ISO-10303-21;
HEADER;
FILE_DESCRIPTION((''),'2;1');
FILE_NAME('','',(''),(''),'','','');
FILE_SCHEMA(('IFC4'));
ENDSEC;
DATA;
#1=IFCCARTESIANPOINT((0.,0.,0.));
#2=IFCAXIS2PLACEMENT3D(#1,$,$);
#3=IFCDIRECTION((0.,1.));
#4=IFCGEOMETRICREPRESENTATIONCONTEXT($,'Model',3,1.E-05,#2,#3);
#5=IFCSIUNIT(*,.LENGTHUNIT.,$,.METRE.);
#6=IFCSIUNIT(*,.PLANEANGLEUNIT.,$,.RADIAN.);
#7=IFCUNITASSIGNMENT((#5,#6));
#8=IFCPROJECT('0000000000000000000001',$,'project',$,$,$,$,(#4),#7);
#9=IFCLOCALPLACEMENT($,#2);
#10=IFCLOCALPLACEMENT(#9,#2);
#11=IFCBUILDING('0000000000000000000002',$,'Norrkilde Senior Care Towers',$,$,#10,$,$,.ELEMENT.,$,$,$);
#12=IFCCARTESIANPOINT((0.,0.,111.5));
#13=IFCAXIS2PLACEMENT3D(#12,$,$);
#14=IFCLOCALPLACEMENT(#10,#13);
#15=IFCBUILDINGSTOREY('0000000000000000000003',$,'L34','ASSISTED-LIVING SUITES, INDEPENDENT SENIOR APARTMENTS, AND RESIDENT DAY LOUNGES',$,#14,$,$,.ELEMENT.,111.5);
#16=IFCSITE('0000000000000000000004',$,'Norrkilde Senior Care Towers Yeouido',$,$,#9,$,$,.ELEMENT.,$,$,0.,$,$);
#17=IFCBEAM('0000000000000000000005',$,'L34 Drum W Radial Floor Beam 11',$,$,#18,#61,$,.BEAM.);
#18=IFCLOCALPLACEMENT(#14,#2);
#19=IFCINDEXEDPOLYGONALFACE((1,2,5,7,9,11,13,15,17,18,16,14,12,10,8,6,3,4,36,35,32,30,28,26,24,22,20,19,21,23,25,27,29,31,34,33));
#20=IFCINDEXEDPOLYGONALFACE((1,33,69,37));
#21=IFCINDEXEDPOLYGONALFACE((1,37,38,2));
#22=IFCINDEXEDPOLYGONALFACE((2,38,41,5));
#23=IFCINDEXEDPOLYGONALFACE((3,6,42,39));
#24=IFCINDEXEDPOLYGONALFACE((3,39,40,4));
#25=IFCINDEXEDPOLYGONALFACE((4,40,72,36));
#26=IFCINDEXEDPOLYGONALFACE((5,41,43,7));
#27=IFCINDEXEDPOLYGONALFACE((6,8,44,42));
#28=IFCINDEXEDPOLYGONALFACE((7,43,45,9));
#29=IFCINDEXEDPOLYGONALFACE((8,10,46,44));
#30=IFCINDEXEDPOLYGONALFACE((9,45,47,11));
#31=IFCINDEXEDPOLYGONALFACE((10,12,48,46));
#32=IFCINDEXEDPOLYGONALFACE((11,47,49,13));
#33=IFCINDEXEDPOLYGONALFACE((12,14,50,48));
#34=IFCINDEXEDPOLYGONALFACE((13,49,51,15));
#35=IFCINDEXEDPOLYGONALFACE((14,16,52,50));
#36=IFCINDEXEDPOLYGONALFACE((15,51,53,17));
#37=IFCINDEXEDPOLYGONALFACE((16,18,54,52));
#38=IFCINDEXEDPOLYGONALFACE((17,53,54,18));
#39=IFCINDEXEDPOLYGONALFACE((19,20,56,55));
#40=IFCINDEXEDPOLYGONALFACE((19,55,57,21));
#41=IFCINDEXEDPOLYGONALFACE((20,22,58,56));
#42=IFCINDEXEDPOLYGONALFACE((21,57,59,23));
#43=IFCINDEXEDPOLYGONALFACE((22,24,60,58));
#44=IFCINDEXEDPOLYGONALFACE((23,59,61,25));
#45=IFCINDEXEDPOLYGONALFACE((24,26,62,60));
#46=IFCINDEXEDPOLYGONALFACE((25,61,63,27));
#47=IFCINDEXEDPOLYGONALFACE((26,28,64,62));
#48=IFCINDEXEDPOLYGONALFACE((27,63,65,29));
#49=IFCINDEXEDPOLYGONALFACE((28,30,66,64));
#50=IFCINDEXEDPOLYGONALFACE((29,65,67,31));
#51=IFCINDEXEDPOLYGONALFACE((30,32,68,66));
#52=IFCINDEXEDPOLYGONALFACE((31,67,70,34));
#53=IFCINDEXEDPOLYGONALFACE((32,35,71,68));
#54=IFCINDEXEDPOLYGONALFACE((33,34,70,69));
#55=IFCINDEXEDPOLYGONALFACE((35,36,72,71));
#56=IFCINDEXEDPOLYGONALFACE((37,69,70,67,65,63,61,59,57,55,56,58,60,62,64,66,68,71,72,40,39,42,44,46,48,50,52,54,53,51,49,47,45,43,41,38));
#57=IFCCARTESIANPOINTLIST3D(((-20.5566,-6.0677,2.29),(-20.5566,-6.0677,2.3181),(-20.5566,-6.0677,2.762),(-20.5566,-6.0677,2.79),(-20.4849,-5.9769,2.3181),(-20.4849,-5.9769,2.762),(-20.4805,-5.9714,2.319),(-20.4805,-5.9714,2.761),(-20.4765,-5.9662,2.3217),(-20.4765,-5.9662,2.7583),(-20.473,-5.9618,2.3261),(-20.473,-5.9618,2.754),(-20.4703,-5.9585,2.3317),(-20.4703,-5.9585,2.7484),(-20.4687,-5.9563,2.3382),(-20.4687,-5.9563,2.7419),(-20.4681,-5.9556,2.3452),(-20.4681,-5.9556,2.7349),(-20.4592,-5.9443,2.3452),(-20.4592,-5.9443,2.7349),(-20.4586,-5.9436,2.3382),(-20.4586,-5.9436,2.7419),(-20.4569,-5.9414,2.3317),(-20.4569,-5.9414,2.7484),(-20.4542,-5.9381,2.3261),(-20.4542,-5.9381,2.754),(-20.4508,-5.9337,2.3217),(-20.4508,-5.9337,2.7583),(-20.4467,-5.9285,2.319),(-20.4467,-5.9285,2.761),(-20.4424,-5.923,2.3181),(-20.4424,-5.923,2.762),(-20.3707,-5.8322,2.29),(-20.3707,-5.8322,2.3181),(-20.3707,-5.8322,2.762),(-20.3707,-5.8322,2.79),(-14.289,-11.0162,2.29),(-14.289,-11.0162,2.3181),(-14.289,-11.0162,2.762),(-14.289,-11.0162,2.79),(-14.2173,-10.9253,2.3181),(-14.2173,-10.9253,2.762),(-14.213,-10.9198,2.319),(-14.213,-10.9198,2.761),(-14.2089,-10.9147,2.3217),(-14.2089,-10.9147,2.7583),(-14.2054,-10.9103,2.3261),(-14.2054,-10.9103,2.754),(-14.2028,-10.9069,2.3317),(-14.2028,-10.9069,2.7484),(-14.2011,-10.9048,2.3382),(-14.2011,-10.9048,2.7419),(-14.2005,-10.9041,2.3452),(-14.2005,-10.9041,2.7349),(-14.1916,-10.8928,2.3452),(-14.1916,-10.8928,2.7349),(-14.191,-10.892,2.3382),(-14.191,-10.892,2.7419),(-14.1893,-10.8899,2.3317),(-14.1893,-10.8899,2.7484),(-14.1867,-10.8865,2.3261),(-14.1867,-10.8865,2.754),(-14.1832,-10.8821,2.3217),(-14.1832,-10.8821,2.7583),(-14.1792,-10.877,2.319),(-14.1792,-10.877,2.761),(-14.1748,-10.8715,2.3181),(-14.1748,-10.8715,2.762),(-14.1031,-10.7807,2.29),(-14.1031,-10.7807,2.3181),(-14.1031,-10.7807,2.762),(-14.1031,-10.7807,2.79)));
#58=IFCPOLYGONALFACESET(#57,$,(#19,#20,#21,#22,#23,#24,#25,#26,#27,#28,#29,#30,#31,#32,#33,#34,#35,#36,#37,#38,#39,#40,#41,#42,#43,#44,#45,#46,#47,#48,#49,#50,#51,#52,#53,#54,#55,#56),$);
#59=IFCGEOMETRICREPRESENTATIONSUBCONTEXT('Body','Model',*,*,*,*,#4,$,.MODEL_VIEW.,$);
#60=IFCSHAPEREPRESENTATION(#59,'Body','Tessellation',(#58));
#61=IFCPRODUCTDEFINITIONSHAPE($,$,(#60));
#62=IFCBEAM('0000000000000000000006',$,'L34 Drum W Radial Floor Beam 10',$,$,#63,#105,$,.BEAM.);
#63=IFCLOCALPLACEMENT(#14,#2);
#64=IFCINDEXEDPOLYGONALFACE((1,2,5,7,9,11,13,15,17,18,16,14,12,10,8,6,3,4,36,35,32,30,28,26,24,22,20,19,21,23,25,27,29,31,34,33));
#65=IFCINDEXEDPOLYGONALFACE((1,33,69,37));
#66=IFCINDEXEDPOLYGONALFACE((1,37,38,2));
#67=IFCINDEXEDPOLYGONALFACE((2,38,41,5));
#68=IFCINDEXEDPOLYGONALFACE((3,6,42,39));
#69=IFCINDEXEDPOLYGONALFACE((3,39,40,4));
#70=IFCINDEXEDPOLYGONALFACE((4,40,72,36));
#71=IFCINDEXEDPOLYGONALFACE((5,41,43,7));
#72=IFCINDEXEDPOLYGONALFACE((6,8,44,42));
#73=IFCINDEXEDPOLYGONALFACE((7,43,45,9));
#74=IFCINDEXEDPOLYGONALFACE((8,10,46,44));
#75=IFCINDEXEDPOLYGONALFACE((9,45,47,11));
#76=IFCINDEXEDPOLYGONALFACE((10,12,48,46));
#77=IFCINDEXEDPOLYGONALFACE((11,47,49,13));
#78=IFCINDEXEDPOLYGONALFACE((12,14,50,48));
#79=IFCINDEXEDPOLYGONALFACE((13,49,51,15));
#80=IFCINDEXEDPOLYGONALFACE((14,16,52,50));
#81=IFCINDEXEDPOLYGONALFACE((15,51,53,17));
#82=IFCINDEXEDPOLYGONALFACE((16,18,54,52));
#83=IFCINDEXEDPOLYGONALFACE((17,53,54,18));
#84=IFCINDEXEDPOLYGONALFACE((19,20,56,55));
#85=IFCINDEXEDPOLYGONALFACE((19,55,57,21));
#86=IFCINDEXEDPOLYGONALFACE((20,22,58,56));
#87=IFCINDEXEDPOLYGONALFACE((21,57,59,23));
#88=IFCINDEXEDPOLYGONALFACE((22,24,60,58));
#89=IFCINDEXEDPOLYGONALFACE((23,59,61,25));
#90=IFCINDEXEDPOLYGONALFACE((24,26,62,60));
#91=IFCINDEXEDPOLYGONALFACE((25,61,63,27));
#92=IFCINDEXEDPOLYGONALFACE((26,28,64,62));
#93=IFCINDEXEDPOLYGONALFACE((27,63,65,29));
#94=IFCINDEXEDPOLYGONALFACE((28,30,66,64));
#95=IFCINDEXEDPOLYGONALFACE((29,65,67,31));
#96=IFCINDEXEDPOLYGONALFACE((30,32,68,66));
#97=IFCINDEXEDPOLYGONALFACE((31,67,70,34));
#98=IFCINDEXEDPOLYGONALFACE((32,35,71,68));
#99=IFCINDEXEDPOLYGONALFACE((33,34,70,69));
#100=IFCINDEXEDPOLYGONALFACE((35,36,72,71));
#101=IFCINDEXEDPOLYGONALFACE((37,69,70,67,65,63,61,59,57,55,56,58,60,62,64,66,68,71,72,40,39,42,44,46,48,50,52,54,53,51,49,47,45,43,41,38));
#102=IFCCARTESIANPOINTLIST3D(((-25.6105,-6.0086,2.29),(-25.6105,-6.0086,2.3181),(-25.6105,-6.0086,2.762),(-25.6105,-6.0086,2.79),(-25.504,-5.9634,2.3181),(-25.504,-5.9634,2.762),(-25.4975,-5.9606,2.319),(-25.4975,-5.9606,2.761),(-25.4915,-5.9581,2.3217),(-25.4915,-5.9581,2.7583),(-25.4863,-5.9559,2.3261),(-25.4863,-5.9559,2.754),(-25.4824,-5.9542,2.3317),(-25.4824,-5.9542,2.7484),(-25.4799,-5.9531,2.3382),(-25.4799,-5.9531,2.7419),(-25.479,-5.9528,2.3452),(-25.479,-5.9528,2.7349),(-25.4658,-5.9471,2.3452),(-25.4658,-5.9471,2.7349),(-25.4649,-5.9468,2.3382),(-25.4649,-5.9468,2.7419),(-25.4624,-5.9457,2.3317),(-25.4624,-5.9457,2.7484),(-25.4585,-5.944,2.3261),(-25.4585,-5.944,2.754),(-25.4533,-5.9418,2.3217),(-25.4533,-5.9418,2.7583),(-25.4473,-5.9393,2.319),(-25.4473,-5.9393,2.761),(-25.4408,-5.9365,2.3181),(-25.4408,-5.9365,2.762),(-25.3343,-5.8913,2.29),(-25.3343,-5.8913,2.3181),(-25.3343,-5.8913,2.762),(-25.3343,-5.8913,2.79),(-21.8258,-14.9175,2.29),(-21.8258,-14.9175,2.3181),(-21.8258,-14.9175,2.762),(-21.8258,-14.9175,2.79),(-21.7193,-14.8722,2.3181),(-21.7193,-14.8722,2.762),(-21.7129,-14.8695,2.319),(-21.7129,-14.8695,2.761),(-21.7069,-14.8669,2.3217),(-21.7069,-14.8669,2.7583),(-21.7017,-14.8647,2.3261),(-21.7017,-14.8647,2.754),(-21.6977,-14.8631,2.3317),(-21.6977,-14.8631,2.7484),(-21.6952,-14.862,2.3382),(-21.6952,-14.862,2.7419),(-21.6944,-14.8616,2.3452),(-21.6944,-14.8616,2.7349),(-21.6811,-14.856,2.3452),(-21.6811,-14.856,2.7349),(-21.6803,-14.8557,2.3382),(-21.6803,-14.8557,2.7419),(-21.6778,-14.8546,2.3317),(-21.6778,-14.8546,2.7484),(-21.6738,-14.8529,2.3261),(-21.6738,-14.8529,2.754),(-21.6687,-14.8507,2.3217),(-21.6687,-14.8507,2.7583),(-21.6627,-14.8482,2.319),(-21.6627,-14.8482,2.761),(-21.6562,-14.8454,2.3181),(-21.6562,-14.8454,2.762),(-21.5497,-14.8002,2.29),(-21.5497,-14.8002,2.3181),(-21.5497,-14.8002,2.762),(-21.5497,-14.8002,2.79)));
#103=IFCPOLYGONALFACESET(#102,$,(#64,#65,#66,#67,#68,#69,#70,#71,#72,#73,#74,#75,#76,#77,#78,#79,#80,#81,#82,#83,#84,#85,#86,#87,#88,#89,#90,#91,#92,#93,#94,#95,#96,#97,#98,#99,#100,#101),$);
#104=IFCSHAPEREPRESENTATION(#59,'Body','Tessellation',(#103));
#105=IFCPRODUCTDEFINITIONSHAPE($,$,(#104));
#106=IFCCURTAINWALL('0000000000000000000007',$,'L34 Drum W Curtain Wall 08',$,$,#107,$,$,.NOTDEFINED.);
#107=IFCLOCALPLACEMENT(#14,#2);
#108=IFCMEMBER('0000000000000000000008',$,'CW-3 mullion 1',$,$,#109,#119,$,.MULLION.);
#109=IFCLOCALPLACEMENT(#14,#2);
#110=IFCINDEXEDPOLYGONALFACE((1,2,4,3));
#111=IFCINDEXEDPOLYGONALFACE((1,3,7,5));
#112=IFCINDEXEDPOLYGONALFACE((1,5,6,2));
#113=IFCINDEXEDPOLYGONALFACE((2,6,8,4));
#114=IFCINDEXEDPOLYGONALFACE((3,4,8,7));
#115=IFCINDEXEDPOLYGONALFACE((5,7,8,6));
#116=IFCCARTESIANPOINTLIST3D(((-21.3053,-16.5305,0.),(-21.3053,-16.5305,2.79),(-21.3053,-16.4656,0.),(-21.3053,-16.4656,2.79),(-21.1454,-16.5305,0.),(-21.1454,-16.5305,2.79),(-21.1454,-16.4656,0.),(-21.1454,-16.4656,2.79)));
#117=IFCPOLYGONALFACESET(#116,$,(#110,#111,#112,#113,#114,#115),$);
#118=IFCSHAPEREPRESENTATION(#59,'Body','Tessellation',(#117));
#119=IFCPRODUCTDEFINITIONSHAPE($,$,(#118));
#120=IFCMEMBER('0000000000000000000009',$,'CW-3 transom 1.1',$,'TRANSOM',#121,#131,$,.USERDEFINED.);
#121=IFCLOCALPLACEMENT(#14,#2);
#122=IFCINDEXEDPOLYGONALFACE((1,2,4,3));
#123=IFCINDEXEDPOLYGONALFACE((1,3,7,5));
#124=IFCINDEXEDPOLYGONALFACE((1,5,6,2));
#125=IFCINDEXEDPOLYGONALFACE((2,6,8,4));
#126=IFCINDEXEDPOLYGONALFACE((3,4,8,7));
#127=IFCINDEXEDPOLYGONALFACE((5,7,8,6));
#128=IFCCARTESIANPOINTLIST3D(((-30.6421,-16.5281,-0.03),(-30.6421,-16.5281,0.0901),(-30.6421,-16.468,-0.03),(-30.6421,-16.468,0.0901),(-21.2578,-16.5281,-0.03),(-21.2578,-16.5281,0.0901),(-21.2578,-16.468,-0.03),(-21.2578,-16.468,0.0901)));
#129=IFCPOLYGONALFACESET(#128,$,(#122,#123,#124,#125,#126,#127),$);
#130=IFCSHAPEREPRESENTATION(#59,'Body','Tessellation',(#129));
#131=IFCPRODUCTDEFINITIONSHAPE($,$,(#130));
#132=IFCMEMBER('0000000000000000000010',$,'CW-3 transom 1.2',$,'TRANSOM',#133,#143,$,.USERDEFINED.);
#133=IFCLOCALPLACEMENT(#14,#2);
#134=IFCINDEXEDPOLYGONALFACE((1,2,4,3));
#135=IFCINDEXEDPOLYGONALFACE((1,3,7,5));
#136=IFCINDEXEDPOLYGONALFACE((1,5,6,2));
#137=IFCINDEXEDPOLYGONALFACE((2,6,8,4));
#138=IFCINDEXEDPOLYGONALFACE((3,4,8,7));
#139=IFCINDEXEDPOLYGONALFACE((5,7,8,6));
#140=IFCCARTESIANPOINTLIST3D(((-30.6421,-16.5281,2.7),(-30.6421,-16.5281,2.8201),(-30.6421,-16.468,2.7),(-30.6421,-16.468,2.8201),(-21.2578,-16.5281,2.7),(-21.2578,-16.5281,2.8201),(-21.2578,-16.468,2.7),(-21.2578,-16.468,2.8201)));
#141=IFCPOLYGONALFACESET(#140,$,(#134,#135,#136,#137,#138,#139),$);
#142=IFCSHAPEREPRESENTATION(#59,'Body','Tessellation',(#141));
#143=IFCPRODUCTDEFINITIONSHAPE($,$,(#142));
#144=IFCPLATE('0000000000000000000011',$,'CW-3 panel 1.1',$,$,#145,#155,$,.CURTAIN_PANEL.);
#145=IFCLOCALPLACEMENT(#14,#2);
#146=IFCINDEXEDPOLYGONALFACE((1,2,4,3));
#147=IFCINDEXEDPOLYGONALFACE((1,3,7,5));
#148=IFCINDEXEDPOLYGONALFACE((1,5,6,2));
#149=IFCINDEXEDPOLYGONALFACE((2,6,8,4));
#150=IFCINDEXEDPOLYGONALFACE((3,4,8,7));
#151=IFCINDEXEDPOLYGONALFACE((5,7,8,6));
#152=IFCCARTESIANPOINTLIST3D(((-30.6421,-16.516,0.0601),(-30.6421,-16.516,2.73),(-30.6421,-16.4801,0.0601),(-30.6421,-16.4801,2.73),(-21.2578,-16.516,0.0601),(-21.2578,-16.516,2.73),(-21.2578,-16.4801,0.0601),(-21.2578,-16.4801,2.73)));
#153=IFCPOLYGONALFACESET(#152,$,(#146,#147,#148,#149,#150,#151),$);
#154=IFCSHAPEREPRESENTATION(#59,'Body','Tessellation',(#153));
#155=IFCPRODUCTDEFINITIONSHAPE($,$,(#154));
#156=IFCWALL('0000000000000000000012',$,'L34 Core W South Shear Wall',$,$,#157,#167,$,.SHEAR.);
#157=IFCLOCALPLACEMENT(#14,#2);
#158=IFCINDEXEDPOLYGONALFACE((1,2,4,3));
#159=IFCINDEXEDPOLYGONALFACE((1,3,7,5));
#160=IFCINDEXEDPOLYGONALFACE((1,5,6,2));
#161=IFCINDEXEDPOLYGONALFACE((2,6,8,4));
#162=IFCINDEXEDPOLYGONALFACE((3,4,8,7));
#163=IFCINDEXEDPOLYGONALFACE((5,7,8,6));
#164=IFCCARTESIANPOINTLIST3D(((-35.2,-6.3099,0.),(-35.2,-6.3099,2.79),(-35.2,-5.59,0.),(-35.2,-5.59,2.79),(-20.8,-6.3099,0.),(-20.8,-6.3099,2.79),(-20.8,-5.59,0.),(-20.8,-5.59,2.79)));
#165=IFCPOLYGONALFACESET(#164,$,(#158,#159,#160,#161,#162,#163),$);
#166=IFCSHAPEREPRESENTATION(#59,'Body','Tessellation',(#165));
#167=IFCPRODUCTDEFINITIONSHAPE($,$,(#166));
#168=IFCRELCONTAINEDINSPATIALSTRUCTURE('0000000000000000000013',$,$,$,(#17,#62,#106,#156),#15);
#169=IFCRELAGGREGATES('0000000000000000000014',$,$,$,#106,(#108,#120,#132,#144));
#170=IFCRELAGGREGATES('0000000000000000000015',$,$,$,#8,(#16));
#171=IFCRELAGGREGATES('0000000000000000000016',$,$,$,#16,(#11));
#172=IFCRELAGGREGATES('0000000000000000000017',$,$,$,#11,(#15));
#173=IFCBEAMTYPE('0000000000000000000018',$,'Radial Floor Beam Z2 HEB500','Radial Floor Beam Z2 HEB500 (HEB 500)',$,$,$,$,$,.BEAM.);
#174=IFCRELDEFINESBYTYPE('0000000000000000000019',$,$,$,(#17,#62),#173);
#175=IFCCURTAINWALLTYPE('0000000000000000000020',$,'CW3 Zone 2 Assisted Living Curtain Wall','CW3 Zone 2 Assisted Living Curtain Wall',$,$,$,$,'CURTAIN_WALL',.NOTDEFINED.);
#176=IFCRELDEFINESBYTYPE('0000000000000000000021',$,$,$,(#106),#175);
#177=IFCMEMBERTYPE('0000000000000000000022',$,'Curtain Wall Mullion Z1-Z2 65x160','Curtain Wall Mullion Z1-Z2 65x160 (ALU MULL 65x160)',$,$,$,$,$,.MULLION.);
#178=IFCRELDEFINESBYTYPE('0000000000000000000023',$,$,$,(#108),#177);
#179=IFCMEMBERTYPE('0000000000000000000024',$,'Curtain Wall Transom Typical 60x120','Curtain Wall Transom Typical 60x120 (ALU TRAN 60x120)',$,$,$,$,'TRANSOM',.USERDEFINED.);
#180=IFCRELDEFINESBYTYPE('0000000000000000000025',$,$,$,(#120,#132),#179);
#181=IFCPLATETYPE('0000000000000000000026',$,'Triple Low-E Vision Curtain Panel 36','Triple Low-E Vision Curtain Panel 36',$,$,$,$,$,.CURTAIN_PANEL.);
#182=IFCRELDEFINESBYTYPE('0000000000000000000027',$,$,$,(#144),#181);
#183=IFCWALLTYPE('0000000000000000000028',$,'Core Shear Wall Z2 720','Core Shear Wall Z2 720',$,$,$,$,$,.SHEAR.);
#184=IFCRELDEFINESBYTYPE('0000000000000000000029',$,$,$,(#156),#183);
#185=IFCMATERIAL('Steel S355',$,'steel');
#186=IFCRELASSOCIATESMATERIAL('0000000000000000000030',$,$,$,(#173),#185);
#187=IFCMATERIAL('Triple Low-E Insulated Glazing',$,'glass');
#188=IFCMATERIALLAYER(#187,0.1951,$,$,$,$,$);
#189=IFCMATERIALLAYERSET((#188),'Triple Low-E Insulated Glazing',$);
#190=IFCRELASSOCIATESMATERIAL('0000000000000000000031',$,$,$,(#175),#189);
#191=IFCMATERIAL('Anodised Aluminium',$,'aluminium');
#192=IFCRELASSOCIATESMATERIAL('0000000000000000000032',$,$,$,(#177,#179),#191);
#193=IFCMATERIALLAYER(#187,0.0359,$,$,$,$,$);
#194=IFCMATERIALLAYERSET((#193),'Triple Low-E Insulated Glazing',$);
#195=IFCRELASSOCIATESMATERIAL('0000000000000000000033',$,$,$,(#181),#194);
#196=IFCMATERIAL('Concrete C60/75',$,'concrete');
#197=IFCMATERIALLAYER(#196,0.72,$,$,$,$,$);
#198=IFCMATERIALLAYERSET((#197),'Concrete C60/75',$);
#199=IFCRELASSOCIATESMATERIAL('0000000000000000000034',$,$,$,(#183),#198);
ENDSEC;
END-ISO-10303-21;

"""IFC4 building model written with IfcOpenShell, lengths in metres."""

from ifc_helpers import new_model, si_unit, direction, frame, frame_2d, origin, origin_2d, place, context, subcontext, project, spatial, rectangle, i_section, extrude, source, transform, mapped, material, layer, layer_set, material_profile, profile_set, type_object, type_shapes, element, aggregate, save


model = new_model("IFC4")

# Units and contexts
model_context = context("Model", 3, precision=1e-05, world=origin(), true_north=direction((0.0, 1.0)))
body_context = subcontext(model_context, "Body", "Model", "MODEL_VIEW")
ifc_project = project(units=[si_unit("LENGTHUNIT", "METRE"), si_unit("PLANEANGLEUNIT", "RADIAN")], contexts=[model_context])

# Site, building, storey
site_placement = place(None, origin())
site = spatial("IfcSite", under=ifc_project, at=site_placement, Name="Norrkilde Senior Care Towers Yeouido", CompositionType="ELEMENT", RefElevation=0.0)
building_placement = place(site_placement, origin())
building = spatial("IfcBuilding", under=site, at=building_placement, Name="Norrkilde Senior Care Towers", CompositionType="ELEMENT")
storey_placement = place(building_placement, frame((0.0, 0.0, 111.5)))
storey = spatial("IfcBuildingStorey", under=building, at=storey_placement, Name="L34", Description="ASSISTED-LIVING SUITES, INDEPENDENT SENIOR APARTMENTS, AND RESIDENT DAY LOUNGES", CompositionType="ELEMENT", Elevation=111.5)

# Shared definitions
ifc_material_1 = material(Name="Concrete C60/75", Category="concrete")

# Beams
ifc_material_2 = material(Name="Steel S355", Category="steel")
ifc_material_profile_1 = material_profile(ifc_material_2, i_section(OverallWidth=0.3, OverallDepth=0.5, WebThickness=0.0144, FlangeThickness=0.0281, FilletRadius=0.0271, at=origin_2d()), Name="HEB 500")
ifc_profile_set_1 = profile_set([ifc_material_profile_1], Name="Steel S355")
beam_type_1 = type_object("IfcBeamType", Name="Radial Floor Beam Z2 HEB500", Description="Radial Floor Beam Z2 HEB500 (HEB 500)", PredefinedType="BEAM", material=ifc_profile_set_1)
shared_shape_1 = source(origin(), body_context, "Body", "SweptSolid", [
    extrude(i_section(OverallWidth=0.3, OverallDepth=0.5, WebThickness=0.0144, FlangeThickness=0.0281, FilletRadius=0.0271, at=origin_2d()), origin(), (0.0, 0.0, 1.0), 7.9856),
])
beam_1_placement = place(storey_placement, frame((-20.4636, -5.95, 2.54), z_axis=(0.784859, -0.619675, 0.0), x_axis=(0.619675, 0.784859, 0.0)))
element("IfcBeam", 1, at=beam_1_placement, inside=storey, type_object=beam_type_1, Name="L34 Drum W Radial Floor Beam 11", PredefinedType="BEAM", context=body_context, shape_type="MappedRepresentation", body=[
    mapped(shared_shape_1, transform((0.0, 0.0, 0.0), x_axis=(1.0, 0.0, 0.0), y_axis=(0.0, 1.0, 0.0), z_axis=(0.0, 0.0, 1.0), scale=1.0)),
])
shared_shape_2 = source(origin(), body_context, "Body", "SweptSolid", [
    extrude(i_section(OverallWidth=0.3, OverallDepth=0.5, WebThickness=0.0144, FlangeThickness=0.0281, FilletRadius=0.0271, at=origin_2d()), origin(), (0.0, 0.0, 1.0), 9.6794),
])
beam_2_placement = place(storey_placement, frame((-25.4724, -5.95, 2.54), z_axis=(0.390998, -0.920392, 0.0), x_axis=(0.920392, 0.390998, 0.0)))
element("IfcBeam", 2, at=beam_2_placement, inside=storey, type_object=beam_type_1, Name="L34 Drum W Radial Floor Beam 10", PredefinedType="BEAM", context=body_context, shape_type="MappedRepresentation", body=[
    mapped(shared_shape_2, transform((0.0, 0.0, 0.0), x_axis=(1.0, 0.0, 0.0), y_axis=(0.0, 1.0, 0.0), z_axis=(0.0, 0.0, 1.0), scale=1.0)),
])

# Curtain wall, members, plate
ifc_material_3 = material(Name="Triple Low-E Insulated Glazing", Category="glass")
ifc_layer_1 = layer(ifc_material_3, 0.1951)
ifc_layer_set_1 = layer_set([ifc_layer_1], Name="Triple Low-E Insulated Glazing")
curtain_wall_type = type_object("IfcCurtainWallType", Name="CW3 Zone 2 Assisted Living Curtain Wall", Description="CW3 Zone 2 Assisted Living Curtain Wall", ElementType="CURTAIN_WALL", PredefinedType="NOTDEFINED", material=ifc_layer_set_1)
curtain_wall_placement = place(storey_placement, origin())
curtain_wall = element("IfcCurtainWall", 3, at=curtain_wall_placement, inside=storey, type_object=curtain_wall_type, Name="L34 Drum W Curtain Wall 08", PredefinedType="NOTDEFINED")
ifc_material_4 = material(Name="Anodised Aluminium", Category="aluminium")
ifc_material_profile_2 = material_profile(ifc_material_4, rectangle(XDim=0.0649, YDim=0.1599, at=origin_2d()), Name="ALU MULL 65x160")
ifc_profile_set_2 = profile_set([ifc_material_profile_2], Name="Anodised Aluminium")
member_type_1 = type_object("IfcMemberType", Name="Curtain Wall Mullion Z1-Z2 65x160", Description="Curtain Wall Mullion Z1-Z2 65x160 (ALU MULL 65x160)", PredefinedType="MULLION", material=ifc_profile_set_2)
shared_shape_3 = source(origin(), body_context, "Body", "SweptSolid", [
    extrude(rectangle(XDim=0.0649, YDim=0.1599, at=origin_2d()), origin(), (0.0, 0.0, 1.0), 2.79),
])
type_shapes(member_type_1, [shared_shape_3])
member_1_placement = place(storey_placement, frame((-21.2253, -16.498, 0.0), z_axis=(0.0, 0.0, 1.0), x_axis=(0.0, -1.0, 0.0)))
member_1 = element("IfcMember", 4, at=member_1_placement, type_object=member_type_1, Name="CW-3 mullion 1", PredefinedType="MULLION", context=body_context, shape_type="MappedRepresentation", body=[
    mapped(shared_shape_3, transform((0.0, 0.0, 0.0), x_axis=(1.0, 0.0, 0.0), y_axis=(0.0, 1.0, 0.0), z_axis=(0.0, 0.0, 1.0), scale=1.0)),
])
ifc_material_profile_3 = material_profile(ifc_material_4, rectangle(XDim=0.0601, YDim=0.1201, at=origin_2d()), Name="ALU TRAN 60x120")
ifc_profile_set_3 = profile_set([ifc_material_profile_3], Name="Anodised Aluminium")
member_type_2 = type_object("IfcMemberType", Name="Curtain Wall Transom Typical 60x120", Description="Curtain Wall Transom Typical 60x120 (ALU TRAN 60x120)", ElementType="TRANSOM", PredefinedType="USERDEFINED", material=ifc_profile_set_3)
shared_shape_4 = source(origin(), body_context, "Body", "SweptSolid", [
    extrude(rectangle(XDim=0.0601, YDim=0.1201, at=origin_2d()), origin(), (0.0, 0.0, 1.0), 9.3843),
])
type_shapes(member_type_2, [shared_shape_4])
member_2_placement = place(storey_placement, frame((-21.2578, -16.498, 0.03), z_axis=(-1.0, 0.0, 0.0), x_axis=(0.0, -1.0, 0.0)))
member_2 = element("IfcMember", 5, at=member_2_placement, type_object=member_type_2, Name="CW-3 transom 1.1", ObjectType="TRANSOM", PredefinedType="USERDEFINED", context=body_context, shape_type="MappedRepresentation", body=[
    mapped(shared_shape_4, transform((0.0, 0.0, 0.0), x_axis=(1.0, 0.0, 0.0), y_axis=(0.0, 1.0, 0.0), z_axis=(0.0, 0.0, 1.0), scale=1.0)),
])
member_3_placement = place(storey_placement, frame((-21.2578, -16.498, 2.76), z_axis=(-1.0, 0.0, 0.0), x_axis=(0.0, -1.0, 0.0)))
member_3 = element("IfcMember", 6, at=member_3_placement, type_object=member_type_2, Name="CW-3 transom 1.2", ObjectType="TRANSOM", PredefinedType="USERDEFINED", context=body_context, shape_type="MappedRepresentation", body=[
    mapped(shared_shape_4, transform((0.0, 0.0, 0.0), x_axis=(1.0, 0.0, 0.0), y_axis=(0.0, 1.0, 0.0), z_axis=(0.0, 0.0, 1.0), scale=1.0)),
])
ifc_layer_2 = layer(ifc_material_3, 0.0359)
ifc_layer_set_2 = layer_set([ifc_layer_2], Name="Triple Low-E Insulated Glazing")
plate_type = type_object("IfcPlateType", Name="Triple Low-E Vision Curtain Panel 36", Description="Triple Low-E Vision Curtain Panel 36", PredefinedType="CURTAIN_PANEL", material=ifc_layer_set_2)
shared_shape_5 = source(origin(), body_context, "Body", "SweptSolid", [
    extrude(rectangle(XDim=9.3843, YDim=0.0359, at=origin_2d()), origin(), (0.0, 0.0, 1.0), 2.6699),
])
type_shapes(plate_type, [shared_shape_5])
plate_placement = place(storey_placement, frame((-25.95, -16.498, 0.0601), z_axis=(0.0, 0.0, 1.0), x_axis=(-1.0, 0.0, 0.0)))
plate = element("IfcPlate", 7, at=plate_placement, type_object=plate_type, Name="CW-3 panel 1.1", PredefinedType="CURTAIN_PANEL", context=body_context, shape_type="MappedRepresentation", body=[
    mapped(shared_shape_5, transform((0.0, 0.0, 0.0), x_axis=(1.0, 0.0, 0.0), y_axis=(0.0, 1.0, 0.0), z_axis=(0.0, 0.0, 1.0), scale=1.0)),
])
aggregate(curtain_wall, [member_1, member_2, member_3, plate])

# Wall
ifc_layer_3 = layer(ifc_material_1, 0.72)
ifc_layer_set_3 = layer_set([ifc_layer_3], Name="Concrete C60/75")
wall_type_1 = type_object("IfcWallType", Name="Core Shear Wall Z2 720", Description="Core Shear Wall Z2 720", PredefinedType="SHEAR", material=ifc_layer_set_3)
shared_shape_6 = source(origin(), body_context, "Body", "SweptSolid", [
    extrude(rectangle(XDim=14.3999, YDim=0.72, at=frame_2d((7.2, 0.0))), origin(), (0.0, 0.0, 1.0), 2.79),
])
type_shapes(wall_type_1, [shared_shape_6])
wall_1_placement = place(storey_placement, frame((-20.8, -5.95, 0.0), z_axis=(0.0, 0.0, 1.0), x_axis=(-1.0, 0.0, 0.0)))
element("IfcWall", 8, at=wall_1_placement, inside=storey, type_object=wall_type_1, Name="L34 Core W South Shear Wall", PredefinedType="SHEAR", context=body_context, shape_type="MappedRepresentation", body=[
    mapped(shared_shape_6, transform((0.0, 0.0, 0.0), x_axis=(1.0, 0.0, 0.0), y_axis=(0.0, 1.0, 0.0), z_axis=(0.0, 0.0, 1.0), scale=1.0)),
])

save(model, "model.ifc")
